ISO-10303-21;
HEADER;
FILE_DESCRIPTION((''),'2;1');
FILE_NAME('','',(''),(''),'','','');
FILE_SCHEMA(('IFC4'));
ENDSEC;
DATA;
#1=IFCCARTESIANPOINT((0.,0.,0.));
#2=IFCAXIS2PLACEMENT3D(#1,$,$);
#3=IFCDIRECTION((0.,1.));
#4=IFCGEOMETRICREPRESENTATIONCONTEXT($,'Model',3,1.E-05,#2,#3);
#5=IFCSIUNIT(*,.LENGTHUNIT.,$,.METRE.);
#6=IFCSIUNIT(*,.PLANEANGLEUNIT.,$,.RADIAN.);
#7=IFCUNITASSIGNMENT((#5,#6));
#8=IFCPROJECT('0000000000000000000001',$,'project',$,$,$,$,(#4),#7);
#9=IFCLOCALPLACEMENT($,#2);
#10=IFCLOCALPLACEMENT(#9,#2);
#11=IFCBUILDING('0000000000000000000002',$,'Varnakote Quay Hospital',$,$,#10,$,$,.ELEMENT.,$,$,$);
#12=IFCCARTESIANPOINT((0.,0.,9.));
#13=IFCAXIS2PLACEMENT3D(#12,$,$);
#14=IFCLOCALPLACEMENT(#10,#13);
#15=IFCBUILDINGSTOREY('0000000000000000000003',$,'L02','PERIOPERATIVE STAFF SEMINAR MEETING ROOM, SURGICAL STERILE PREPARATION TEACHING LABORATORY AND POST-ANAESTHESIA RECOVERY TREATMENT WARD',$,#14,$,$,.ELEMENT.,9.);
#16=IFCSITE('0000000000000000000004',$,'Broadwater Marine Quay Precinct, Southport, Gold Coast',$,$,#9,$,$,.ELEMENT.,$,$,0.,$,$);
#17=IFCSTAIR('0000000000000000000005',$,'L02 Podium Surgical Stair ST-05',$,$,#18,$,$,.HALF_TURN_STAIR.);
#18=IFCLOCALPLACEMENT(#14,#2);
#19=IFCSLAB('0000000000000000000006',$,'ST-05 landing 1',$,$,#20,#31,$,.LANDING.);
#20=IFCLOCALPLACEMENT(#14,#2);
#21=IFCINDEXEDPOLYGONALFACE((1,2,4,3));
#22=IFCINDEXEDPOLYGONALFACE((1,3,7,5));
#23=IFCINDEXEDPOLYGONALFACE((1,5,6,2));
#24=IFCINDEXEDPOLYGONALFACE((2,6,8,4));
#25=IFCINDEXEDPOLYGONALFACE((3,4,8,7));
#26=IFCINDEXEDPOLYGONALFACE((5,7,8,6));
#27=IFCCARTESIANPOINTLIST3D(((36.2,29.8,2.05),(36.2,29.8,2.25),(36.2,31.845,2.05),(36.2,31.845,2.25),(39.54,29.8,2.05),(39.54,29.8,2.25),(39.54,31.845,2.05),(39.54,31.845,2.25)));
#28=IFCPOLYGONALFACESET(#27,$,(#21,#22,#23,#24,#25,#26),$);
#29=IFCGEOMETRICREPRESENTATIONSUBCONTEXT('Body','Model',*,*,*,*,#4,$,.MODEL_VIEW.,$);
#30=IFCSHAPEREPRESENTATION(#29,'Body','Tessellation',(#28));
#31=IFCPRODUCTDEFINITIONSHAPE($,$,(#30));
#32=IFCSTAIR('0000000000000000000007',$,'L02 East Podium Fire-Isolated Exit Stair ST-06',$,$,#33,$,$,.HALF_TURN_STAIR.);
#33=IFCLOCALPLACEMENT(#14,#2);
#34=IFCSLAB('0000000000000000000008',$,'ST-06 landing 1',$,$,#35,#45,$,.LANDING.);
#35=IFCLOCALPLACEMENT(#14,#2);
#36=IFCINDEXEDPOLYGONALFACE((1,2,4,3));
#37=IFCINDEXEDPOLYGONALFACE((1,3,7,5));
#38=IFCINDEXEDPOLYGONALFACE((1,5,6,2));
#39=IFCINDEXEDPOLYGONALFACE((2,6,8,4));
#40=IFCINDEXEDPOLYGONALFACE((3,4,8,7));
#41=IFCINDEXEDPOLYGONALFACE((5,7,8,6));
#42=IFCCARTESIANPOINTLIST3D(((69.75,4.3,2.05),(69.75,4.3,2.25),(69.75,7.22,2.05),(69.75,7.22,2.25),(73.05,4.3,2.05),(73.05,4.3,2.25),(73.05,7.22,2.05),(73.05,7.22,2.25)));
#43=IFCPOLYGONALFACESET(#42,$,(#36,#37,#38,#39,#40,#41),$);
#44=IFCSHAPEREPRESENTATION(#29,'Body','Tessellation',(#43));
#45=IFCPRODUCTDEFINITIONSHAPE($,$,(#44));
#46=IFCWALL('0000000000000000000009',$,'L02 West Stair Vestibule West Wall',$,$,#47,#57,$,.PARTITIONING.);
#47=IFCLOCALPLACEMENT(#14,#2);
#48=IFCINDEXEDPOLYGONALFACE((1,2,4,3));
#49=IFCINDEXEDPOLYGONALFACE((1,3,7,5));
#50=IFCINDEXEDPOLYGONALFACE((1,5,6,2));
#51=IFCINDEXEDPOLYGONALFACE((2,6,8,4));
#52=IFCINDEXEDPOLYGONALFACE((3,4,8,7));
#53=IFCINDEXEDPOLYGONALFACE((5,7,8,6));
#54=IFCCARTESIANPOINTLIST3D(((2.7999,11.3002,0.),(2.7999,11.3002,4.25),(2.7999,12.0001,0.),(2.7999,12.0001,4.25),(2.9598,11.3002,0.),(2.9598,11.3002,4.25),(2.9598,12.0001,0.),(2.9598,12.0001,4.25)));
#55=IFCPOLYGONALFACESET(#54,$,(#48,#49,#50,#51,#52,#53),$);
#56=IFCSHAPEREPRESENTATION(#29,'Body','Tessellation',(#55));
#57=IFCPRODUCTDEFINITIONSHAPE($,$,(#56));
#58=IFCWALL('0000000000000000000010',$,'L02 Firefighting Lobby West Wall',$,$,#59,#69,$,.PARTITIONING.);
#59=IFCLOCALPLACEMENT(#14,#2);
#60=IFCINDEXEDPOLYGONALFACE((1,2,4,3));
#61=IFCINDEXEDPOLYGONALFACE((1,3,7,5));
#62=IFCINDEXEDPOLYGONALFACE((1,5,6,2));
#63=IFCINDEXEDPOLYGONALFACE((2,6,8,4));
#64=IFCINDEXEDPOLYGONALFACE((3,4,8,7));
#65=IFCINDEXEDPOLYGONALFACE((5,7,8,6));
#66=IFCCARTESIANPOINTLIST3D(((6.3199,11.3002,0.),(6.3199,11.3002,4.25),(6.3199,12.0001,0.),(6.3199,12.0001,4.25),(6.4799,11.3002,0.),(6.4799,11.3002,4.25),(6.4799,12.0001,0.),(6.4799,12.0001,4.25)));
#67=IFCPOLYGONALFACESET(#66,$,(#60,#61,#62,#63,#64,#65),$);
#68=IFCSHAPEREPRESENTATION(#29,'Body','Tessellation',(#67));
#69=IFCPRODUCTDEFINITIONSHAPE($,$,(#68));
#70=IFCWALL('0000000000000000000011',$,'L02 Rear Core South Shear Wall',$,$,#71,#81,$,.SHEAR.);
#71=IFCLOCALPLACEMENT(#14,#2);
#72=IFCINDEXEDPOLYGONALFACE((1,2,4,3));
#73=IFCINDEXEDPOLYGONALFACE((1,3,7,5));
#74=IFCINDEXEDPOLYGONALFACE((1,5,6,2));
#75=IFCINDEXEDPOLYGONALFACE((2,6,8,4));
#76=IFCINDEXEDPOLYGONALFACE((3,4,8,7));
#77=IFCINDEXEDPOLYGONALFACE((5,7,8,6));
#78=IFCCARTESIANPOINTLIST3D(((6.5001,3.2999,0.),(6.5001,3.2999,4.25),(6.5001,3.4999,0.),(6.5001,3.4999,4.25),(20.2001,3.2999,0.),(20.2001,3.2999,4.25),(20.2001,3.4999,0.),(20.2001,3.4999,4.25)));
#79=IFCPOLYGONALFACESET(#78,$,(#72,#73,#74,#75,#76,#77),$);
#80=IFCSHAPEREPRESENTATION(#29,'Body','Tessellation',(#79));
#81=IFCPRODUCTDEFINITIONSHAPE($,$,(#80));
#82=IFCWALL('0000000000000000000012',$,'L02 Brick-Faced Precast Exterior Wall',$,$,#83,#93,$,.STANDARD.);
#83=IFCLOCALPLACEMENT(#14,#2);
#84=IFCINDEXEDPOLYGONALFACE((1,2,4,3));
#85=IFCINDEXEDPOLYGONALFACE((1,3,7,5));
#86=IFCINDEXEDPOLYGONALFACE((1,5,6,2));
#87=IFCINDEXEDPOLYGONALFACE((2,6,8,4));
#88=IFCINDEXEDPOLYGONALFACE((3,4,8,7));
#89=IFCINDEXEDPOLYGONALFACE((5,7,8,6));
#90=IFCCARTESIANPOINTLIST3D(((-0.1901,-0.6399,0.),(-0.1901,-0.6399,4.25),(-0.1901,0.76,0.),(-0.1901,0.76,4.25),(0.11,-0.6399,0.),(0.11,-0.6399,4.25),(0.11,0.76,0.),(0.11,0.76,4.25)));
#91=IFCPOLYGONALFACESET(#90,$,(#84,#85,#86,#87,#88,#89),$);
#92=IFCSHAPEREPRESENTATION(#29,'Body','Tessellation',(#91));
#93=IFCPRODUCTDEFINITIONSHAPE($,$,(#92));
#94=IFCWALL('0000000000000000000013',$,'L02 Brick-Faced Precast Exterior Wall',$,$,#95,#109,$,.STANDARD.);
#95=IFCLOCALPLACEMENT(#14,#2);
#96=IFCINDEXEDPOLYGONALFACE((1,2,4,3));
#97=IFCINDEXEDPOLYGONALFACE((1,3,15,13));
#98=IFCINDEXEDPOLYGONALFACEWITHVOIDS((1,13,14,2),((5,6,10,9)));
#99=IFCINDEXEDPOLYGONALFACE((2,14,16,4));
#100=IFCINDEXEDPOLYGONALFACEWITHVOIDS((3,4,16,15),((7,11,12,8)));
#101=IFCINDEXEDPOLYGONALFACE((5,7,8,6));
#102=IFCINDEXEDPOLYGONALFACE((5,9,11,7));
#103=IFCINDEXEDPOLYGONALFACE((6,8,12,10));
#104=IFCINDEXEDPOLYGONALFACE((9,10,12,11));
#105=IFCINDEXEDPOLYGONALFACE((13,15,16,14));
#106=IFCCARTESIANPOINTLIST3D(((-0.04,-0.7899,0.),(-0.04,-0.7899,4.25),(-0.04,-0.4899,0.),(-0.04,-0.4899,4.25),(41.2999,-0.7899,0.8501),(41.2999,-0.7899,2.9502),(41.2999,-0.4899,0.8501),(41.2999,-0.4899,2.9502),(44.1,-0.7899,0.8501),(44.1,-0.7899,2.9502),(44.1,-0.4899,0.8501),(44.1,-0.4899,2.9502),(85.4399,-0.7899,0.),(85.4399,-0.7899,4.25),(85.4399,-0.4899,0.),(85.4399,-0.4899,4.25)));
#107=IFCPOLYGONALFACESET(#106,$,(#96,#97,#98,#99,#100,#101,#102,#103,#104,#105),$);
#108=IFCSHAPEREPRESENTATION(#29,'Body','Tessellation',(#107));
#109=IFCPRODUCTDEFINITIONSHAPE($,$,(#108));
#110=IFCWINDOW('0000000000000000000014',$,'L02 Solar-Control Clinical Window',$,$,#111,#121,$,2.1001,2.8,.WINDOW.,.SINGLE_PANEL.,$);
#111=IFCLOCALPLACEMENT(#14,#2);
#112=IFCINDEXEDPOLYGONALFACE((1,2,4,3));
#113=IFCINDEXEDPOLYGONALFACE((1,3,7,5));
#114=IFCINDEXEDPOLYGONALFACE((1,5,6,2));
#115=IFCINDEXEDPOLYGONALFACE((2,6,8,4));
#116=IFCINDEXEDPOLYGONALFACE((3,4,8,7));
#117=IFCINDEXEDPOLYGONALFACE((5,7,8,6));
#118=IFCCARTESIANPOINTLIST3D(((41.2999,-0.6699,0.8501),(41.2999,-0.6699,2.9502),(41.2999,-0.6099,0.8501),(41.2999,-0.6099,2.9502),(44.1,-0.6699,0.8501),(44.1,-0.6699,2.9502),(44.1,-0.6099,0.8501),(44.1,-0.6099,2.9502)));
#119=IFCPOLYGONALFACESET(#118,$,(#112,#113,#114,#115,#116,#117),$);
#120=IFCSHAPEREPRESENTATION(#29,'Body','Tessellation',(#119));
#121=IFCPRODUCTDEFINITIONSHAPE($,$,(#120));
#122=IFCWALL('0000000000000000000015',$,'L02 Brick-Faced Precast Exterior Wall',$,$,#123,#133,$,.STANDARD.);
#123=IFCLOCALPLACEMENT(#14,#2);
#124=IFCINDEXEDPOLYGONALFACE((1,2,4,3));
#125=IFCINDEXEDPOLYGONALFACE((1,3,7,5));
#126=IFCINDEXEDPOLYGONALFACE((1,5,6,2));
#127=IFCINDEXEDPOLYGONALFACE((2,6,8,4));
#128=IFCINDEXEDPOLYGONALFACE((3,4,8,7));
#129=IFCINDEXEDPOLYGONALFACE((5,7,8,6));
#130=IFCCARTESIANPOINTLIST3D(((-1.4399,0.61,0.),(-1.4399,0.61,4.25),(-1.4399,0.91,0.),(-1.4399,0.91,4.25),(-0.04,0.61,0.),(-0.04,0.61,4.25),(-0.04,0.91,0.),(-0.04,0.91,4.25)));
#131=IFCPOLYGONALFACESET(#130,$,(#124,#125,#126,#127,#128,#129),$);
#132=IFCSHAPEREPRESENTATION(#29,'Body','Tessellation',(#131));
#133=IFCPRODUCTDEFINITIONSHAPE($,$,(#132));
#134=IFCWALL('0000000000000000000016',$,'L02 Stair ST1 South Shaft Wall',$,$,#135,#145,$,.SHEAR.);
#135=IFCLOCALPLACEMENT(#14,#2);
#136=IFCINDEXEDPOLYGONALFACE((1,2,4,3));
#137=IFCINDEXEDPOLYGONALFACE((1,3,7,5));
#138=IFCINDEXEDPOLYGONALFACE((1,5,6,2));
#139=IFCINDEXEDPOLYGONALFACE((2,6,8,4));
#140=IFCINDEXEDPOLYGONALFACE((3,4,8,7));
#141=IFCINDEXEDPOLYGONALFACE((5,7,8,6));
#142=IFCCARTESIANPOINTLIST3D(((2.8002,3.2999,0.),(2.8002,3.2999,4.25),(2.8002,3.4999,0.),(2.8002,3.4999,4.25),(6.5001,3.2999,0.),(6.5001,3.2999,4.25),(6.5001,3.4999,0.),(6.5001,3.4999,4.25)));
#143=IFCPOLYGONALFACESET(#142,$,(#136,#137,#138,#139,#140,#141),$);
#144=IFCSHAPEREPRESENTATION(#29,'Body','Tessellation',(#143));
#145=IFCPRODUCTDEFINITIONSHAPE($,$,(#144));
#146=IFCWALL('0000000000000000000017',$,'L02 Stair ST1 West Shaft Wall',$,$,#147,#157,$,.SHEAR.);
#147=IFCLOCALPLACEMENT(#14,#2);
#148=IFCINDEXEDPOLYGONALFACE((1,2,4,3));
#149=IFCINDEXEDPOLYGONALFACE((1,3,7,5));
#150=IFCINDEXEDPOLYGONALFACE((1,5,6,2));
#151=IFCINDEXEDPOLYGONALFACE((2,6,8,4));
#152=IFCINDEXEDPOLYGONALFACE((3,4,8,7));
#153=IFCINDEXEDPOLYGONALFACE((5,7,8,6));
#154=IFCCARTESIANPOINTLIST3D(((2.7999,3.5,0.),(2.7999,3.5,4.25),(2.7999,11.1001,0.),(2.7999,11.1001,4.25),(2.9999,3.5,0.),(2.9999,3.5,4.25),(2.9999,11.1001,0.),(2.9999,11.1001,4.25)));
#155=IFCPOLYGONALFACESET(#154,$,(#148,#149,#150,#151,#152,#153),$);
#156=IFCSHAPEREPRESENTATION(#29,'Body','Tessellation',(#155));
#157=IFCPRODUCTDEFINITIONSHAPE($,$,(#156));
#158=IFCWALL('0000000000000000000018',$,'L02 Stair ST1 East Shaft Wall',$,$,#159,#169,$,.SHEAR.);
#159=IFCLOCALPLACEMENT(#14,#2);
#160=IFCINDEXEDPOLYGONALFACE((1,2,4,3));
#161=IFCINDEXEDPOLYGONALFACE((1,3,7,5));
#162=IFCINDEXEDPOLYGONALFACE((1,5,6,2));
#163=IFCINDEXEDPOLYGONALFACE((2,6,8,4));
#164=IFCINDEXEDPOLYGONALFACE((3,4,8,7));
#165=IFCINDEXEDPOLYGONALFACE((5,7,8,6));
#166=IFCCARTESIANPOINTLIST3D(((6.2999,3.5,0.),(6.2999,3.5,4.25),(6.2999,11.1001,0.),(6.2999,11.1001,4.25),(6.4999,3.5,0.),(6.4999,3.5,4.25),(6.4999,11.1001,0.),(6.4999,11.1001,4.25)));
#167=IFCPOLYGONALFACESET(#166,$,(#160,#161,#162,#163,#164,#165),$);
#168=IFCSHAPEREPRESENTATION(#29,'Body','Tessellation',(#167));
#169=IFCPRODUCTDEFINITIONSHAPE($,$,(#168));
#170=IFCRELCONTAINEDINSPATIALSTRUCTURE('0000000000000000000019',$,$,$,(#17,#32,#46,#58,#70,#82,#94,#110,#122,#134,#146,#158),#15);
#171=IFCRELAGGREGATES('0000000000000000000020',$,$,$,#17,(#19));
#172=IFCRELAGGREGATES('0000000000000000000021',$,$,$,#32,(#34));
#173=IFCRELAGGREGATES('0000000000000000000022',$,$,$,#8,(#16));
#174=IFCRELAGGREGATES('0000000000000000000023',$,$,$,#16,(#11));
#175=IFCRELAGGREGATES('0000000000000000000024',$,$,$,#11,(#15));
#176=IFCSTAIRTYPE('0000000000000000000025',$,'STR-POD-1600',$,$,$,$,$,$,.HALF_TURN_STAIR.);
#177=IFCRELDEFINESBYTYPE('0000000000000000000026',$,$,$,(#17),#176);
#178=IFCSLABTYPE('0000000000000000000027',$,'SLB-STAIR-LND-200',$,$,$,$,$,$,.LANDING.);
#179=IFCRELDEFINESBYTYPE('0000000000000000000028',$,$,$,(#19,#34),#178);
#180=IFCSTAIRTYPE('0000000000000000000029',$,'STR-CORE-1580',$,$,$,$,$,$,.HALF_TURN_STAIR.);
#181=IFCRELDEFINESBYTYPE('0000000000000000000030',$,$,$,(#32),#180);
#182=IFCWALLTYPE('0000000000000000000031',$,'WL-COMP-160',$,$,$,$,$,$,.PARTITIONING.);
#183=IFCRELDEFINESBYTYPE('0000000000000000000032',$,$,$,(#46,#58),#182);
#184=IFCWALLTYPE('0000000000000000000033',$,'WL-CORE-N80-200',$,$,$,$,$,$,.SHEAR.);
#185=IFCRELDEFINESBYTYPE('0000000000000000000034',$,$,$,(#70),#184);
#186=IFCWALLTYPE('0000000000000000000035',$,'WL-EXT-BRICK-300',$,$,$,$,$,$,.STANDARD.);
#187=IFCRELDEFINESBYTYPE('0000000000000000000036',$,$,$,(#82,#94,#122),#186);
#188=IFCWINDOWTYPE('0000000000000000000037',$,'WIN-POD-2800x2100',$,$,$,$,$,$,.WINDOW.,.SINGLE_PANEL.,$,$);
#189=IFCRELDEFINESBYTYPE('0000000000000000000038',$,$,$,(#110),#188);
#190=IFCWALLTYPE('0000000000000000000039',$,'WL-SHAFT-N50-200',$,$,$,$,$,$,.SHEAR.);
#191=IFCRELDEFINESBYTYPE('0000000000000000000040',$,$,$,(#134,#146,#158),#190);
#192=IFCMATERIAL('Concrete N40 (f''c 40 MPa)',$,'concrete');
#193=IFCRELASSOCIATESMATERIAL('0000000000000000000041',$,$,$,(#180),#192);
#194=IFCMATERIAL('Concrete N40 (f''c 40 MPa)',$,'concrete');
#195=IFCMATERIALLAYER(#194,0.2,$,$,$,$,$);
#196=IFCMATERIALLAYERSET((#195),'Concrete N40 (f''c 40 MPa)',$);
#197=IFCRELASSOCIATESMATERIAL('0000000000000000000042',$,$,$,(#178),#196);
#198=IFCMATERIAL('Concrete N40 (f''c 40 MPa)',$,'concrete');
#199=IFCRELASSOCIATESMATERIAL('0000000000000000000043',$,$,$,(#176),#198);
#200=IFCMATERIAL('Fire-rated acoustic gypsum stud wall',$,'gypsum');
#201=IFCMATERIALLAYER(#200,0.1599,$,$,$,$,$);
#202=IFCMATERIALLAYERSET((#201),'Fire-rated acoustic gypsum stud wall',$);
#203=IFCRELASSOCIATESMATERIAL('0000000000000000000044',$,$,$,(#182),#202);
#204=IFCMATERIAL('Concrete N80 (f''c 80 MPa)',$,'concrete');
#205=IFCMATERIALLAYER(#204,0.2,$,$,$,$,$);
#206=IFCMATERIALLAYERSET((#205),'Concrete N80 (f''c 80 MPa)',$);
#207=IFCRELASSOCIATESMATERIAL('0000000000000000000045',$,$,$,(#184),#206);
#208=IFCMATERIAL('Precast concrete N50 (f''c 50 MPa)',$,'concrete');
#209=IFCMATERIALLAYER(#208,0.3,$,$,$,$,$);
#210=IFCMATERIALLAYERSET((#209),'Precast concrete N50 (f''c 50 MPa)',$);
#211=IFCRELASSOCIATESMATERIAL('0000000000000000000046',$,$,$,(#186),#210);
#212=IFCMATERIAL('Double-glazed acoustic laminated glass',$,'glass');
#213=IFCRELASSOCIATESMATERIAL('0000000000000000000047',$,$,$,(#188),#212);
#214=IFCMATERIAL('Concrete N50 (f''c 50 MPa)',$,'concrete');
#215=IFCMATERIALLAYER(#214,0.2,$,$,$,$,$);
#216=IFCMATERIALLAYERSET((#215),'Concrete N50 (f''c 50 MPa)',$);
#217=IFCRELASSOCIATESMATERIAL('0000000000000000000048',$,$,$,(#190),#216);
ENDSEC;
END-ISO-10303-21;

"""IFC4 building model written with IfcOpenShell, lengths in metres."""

from ifc_helpers import new_model, si_unit, direction, frame, frame_2d, origin, place, context, subcontext, project, spatial, polyline, rectangle, outline, extrude, material, layer, layer_set, type_object, element, fill, aggregate, save


model = new_model("IFC4")

# Units and contexts
model_context = context("Model", 3, precision=1e-05, world=origin(), true_north=direction((0.0, 1.0)))
body_context = subcontext(model_context, "Body", "Model", "MODEL_VIEW")
ifc_project = project(units=[si_unit("LENGTHUNIT", "METRE"), si_unit("PLANEANGLEUNIT", "RADIAN")], contexts=[model_context])

# Site, building, storey
site_placement = place(None, origin())
site = spatial("IfcSite", under=ifc_project, at=site_placement, Name="Broadwater Marine Quay Precinct, Southport, Gold Coast", CompositionType="ELEMENT", RefElevation=0.0)
building_placement = place(site_placement, origin())
building = spatial("IfcBuilding", under=site, at=building_placement, Name="Varnakote Quay Hospital", CompositionType="ELEMENT")
storey_placement = place(building_placement, frame((0.0, 0.0, 9.0)))
storey = spatial("IfcBuildingStorey", under=building, at=storey_placement, Name="L02", Description="PERIOPERATIVE STAFF SEMINAR MEETING ROOM, SURGICAL STERILE PREPARATION TEACHING LABORATORY AND POST-ANAESTHESIA RECOVERY TREATMENT WARD", CompositionType="ELEMENT", Elevation=9.0)

# Stairs, slabs
ifc_material_1 = material(Name="Concrete N40 (f'c 40 MPa)", Category="concrete")
stair_type_1 = type_object("IfcStairType", Name="STR-CORE-1580", PredefinedType="HALF_TURN_STAIR", material=ifc_material_1)
ifc_material_2 = material(Name="Concrete N40 (f'c 40 MPa)", Category="concrete")
ifc_layer_1 = layer(ifc_material_2, 0.2)
ifc_layer_set_1 = layer_set([ifc_layer_1], Name="Concrete N40 (f'c 40 MPa)")
slab_type_1 = type_object("IfcSlabType", Name="SLB-STAIR-LND-200", PredefinedType="LANDING", material=ifc_layer_set_1)
ifc_material_3 = material(Name="Concrete N40 (f'c 40 MPa)", Category="concrete")
stair_type_2 = type_object("IfcStairType", Name="STR-POD-1600", PredefinedType="HALF_TURN_STAIR", material=ifc_material_3)
stair_1_placement = place(storey_placement, origin())
stair_1 = element("IfcStair", 1, at=stair_1_placement, inside=storey, type_object=stair_type_2, Name="L02 Podium Surgical Stair ST-05", PredefinedType="HALF_TURN_STAIR")
slab_1_placement = place(storey_placement, frame((0.0, 0.0, 2.05)))
slab_1 = element("IfcSlab", 2, at=slab_1_placement, type_object=slab_type_1, Name="ST-05 landing 1", PredefinedType="LANDING", context=body_context, shape_type="SweptSolid", body=[
    extrude(outline(polyline([(36.2, 31.845), (36.2, 29.8), (39.54, 29.8), (39.54, 31.845), (36.2, 31.845)])), origin(), (0.0, 0.0, 1.0), 0.2),
])
aggregate(stair_1, [slab_1])
stair_2_placement = place(storey_placement, origin())
stair_2 = element("IfcStair", 3, at=stair_2_placement, inside=storey, type_object=stair_type_1, Name="L02 East Podium Fire-Isolated Exit Stair ST-06", PredefinedType="HALF_TURN_STAIR")
slab_2_placement = place(storey_placement, frame((0.0, 0.0, 2.05)))
slab_2 = element("IfcSlab", 4, at=slab_2_placement, type_object=slab_type_1, Name="ST-06 landing 1", PredefinedType="LANDING", context=body_context, shape_type="SweptSolid", body=[
    extrude(outline(polyline([(69.75, 7.22), (69.75, 4.3), (73.05, 4.3), (73.05, 7.22), (69.75, 7.22)])), origin(), (0.0, 0.0, 1.0), 0.2),
])
aggregate(stair_2, [slab_2])

# Walls
ifc_material_4 = material(Name="Fire-rated acoustic gypsum stud wall", Category="gypsum")
ifc_layer_2 = layer(ifc_material_4, 0.1599)
ifc_layer_set_2 = layer_set([ifc_layer_2], Name="Fire-rated acoustic gypsum stud wall")
wall_type_1 = type_object("IfcWallType", Name="WL-COMP-160", PredefinedType="PARTITIONING", material=ifc_layer_set_2)
for number, where, z_axis, x_axis, name in (
    (5, (2.8799, 11.3, 0.0), (0.0, 0.0, 1.0), (0.0, 1.0, 0.0), "L02 West Stair Vestibule West Wall"),
    (6, (6.3999, 11.3, 0.0), (0.0, 0.0, 1.0), (0.0, 1.0, 0.0), "L02 Firefighting Lobby West Wall"),
):
    element("IfcWall", number, at=place(storey_placement, frame(where, z_axis=z_axis, x_axis=x_axis)), inside=storey, type_object=wall_type_1, Name=name, PredefinedType="PARTITIONING", context=body_context, shape_type="SweptSolid", body=[
        extrude(rectangle(XDim=0.7, YDim=0.1599, at=frame_2d((0.3501, 0.0))), origin(), (0.0, 0.0, 1.0), 4.25),
    ])
ifc_material_5 = material(Name="Concrete N80 (f'c 80 MPa)", Category="concrete")
ifc_layer_3 = layer(ifc_material_5, 0.2)
ifc_layer_set_3 = layer_set([ifc_layer_3], Name="Concrete N80 (f'c 80 MPa)")
wall_type_2 = type_object("IfcWallType", Name="WL-CORE-N80-200", PredefinedType="SHEAR", material=ifc_layer_set_3)
wall_1_placement = place(storey_placement, frame((6.5, 3.3999, 0.0), z_axis=(0.0, 0.0, 1.0), x_axis=(1.0, 0.0, 0.0)))
element("IfcWall", 7, at=wall_1_placement, inside=storey, type_object=wall_type_2, Name="L02 Rear Core South Shear Wall", PredefinedType="SHEAR", context=body_context, shape_type="SweptSolid", body=[
    extrude(rectangle(XDim=13.7, YDim=0.2, at=frame_2d((6.8501, 0.0))), origin(), (0.0, 0.0, 1.0), 4.25),
])
ifc_material_6 = material(Name="Precast concrete N50 (f'c 50 MPa)", Category="concrete")
ifc_layer_4 = layer(ifc_material_6, 0.3)
ifc_layer_set_4 = layer_set([ifc_layer_4], Name="Precast concrete N50 (f'c 50 MPa)")
wall_type_3 = type_object("IfcWallType", Name="WL-EXT-BRICK-300", PredefinedType="STANDARD", material=ifc_layer_set_4)
wall_2_placement = place(storey_placement, frame((-0.04, 0.76, 0.0), z_axis=(0.0, 0.0, 1.0), x_axis=(0.0, -1.0, 0.0)))
element("IfcWall", 8, at=wall_2_placement, inside=storey, type_object=wall_type_3, Name="L02 Brick-Faced Precast Exterior Wall", PredefinedType="STANDARD", context=body_context, shape_type="SweptSolid", body=[
    extrude(rectangle(XDim=1.3999, YDim=0.3, at=frame_2d((0.7, 0.0))), origin(), (0.0, 0.0, 1.0), 4.25),
])

# Wall, opening, window
wall_3_placement = place(storey_placement, frame((-0.04, -0.6399, 0.0), z_axis=(0.0, 0.0, 1.0), x_axis=(1.0, 0.0, 0.0)))
wall_3 = element("IfcWall", 9, at=wall_3_placement, inside=storey, type_object=wall_type_3, Name="L02 Brick-Faced Precast Exterior Wall", PredefinedType="STANDARD", context=body_context, shape_type="SweptSolid", body=[
    extrude(rectangle(XDim=85.48, YDim=0.3, at=frame_2d((42.74, 0.0))), origin(), (0.0, 0.0, 1.0), 4.25),
])
opening_1_placement = place(wall_3_placement, frame((41.3401, 0.0, 0.8501)))
opening_1 = element("IfcOpeningElement", 10, at=opening_1_placement, cuts=wall_3, PredefinedType="OPENING", context=body_context, shape_type="SweptSolid", body=[
    extrude(rectangle(XDim=2.8, YDim=2.1001, at=frame_2d((1.3999, 1.05))), frame((0.0, 0.1599, 0.0), z_axis=(0.0, -1.0, 0.0), x_axis=(1.0, 0.0, 0.0)), (0.0, 0.0, 1.0), 0.3201),
])
ifc_material_7 = material(Name="Double-glazed acoustic laminated glass", Category="glass")
window_type = type_object("IfcWindowType", Name="WIN-POD-2800x2100", PartitioningType="SINGLE_PANEL", PredefinedType="WINDOW", material=ifc_material_7)
window_placement = place(opening_1_placement, origin())
window = element("IfcWindow", 11, at=window_placement, inside=storey, type_object=window_type, Name="L02 Solar-Control Clinical Window", OverallHeight=2.1001, OverallWidth=2.8, PartitioningType="SINGLE_PANEL", PredefinedType="WINDOW", context=body_context, shape_type="SweptSolid", body=[
    extrude(rectangle(XDim=2.8, YDim=2.1001, at=frame_2d((1.3999, 1.05))), frame((0.0, 0.03, 0.0), z_axis=(0.0, -1.0, 0.0), x_axis=(1.0, 0.0, 0.0)), (0.0, 0.0, 1.0), 0.0601),
])
fill(opening_1, window)

# Walls
wall_4_placement = place(storey_placement, frame((-1.4399, 0.76, 0.0), z_axis=(0.0, 0.0, 1.0), x_axis=(1.0, 0.0, 0.0)))
element("IfcWall", 12, at=wall_4_placement, inside=storey, type_object=wall_type_3, Name="L02 Brick-Faced Precast Exterior Wall", PredefinedType="STANDARD", context=body_context, shape_type="SweptSolid", body=[
    extrude(rectangle(XDim=1.3999, YDim=0.3, at=frame_2d((0.7, 0.0))), origin(), (0.0, 0.0, 1.0), 4.25),
])
ifc_material_8 = material(Name="Concrete N50 (f'c 50 MPa)", Category="concrete")
ifc_layer_5 = layer(ifc_material_8, 0.2)
ifc_layer_set_5 = layer_set([ifc_layer_5], Name="Concrete N50 (f'c 50 MPa)")
wall_type_4 = type_object("IfcWallType", Name="WL-SHAFT-N50-200", PredefinedType="SHEAR", material=ifc_layer_set_5)
wall_5_placement = place(storey_placement, frame((2.8, 3.3999, 0.0), z_axis=(0.0, 0.0, 1.0), x_axis=(1.0, 0.0, 0.0)))
element("IfcWall", 13, at=wall_5_placement, inside=storey, type_object=wall_type_4, Name="L02 Stair ST1 South Shaft Wall", PredefinedType="SHEAR", context=body_context, shape_type="SweptSolid", body=[
    extrude(rectangle(XDim=3.7, YDim=0.2, at=frame_2d((1.8501, 0.0))), origin(), (0.0, 0.0, 1.0), 4.25),
])
for number, where, z_axis, x_axis, name in (
    (14, (2.8999, 3.5, 0.0), (0.0, 0.0, 1.0), (0.0, 1.0, 0.0), "L02 Stair ST1 West Shaft Wall"),
    (15, (6.3999, 3.5, 0.0), (0.0, 0.0, 1.0), (0.0, 1.0, 0.0), "L02 Stair ST1 East Shaft Wall"),
):
    element("IfcWall", number, at=place(storey_placement, frame(where, z_axis=z_axis, x_axis=x_axis)), inside=storey, type_object=wall_type_4, Name=name, PredefinedType="SHEAR", context=body_context, shape_type="SweptSolid", body=[
        extrude(rectangle(XDim=7.6001, YDim=0.2, at=frame_2d((3.8, 0.0))), origin(), (0.0, 0.0, 1.0), 4.25),
    ])

save(model, "model.ifc")
